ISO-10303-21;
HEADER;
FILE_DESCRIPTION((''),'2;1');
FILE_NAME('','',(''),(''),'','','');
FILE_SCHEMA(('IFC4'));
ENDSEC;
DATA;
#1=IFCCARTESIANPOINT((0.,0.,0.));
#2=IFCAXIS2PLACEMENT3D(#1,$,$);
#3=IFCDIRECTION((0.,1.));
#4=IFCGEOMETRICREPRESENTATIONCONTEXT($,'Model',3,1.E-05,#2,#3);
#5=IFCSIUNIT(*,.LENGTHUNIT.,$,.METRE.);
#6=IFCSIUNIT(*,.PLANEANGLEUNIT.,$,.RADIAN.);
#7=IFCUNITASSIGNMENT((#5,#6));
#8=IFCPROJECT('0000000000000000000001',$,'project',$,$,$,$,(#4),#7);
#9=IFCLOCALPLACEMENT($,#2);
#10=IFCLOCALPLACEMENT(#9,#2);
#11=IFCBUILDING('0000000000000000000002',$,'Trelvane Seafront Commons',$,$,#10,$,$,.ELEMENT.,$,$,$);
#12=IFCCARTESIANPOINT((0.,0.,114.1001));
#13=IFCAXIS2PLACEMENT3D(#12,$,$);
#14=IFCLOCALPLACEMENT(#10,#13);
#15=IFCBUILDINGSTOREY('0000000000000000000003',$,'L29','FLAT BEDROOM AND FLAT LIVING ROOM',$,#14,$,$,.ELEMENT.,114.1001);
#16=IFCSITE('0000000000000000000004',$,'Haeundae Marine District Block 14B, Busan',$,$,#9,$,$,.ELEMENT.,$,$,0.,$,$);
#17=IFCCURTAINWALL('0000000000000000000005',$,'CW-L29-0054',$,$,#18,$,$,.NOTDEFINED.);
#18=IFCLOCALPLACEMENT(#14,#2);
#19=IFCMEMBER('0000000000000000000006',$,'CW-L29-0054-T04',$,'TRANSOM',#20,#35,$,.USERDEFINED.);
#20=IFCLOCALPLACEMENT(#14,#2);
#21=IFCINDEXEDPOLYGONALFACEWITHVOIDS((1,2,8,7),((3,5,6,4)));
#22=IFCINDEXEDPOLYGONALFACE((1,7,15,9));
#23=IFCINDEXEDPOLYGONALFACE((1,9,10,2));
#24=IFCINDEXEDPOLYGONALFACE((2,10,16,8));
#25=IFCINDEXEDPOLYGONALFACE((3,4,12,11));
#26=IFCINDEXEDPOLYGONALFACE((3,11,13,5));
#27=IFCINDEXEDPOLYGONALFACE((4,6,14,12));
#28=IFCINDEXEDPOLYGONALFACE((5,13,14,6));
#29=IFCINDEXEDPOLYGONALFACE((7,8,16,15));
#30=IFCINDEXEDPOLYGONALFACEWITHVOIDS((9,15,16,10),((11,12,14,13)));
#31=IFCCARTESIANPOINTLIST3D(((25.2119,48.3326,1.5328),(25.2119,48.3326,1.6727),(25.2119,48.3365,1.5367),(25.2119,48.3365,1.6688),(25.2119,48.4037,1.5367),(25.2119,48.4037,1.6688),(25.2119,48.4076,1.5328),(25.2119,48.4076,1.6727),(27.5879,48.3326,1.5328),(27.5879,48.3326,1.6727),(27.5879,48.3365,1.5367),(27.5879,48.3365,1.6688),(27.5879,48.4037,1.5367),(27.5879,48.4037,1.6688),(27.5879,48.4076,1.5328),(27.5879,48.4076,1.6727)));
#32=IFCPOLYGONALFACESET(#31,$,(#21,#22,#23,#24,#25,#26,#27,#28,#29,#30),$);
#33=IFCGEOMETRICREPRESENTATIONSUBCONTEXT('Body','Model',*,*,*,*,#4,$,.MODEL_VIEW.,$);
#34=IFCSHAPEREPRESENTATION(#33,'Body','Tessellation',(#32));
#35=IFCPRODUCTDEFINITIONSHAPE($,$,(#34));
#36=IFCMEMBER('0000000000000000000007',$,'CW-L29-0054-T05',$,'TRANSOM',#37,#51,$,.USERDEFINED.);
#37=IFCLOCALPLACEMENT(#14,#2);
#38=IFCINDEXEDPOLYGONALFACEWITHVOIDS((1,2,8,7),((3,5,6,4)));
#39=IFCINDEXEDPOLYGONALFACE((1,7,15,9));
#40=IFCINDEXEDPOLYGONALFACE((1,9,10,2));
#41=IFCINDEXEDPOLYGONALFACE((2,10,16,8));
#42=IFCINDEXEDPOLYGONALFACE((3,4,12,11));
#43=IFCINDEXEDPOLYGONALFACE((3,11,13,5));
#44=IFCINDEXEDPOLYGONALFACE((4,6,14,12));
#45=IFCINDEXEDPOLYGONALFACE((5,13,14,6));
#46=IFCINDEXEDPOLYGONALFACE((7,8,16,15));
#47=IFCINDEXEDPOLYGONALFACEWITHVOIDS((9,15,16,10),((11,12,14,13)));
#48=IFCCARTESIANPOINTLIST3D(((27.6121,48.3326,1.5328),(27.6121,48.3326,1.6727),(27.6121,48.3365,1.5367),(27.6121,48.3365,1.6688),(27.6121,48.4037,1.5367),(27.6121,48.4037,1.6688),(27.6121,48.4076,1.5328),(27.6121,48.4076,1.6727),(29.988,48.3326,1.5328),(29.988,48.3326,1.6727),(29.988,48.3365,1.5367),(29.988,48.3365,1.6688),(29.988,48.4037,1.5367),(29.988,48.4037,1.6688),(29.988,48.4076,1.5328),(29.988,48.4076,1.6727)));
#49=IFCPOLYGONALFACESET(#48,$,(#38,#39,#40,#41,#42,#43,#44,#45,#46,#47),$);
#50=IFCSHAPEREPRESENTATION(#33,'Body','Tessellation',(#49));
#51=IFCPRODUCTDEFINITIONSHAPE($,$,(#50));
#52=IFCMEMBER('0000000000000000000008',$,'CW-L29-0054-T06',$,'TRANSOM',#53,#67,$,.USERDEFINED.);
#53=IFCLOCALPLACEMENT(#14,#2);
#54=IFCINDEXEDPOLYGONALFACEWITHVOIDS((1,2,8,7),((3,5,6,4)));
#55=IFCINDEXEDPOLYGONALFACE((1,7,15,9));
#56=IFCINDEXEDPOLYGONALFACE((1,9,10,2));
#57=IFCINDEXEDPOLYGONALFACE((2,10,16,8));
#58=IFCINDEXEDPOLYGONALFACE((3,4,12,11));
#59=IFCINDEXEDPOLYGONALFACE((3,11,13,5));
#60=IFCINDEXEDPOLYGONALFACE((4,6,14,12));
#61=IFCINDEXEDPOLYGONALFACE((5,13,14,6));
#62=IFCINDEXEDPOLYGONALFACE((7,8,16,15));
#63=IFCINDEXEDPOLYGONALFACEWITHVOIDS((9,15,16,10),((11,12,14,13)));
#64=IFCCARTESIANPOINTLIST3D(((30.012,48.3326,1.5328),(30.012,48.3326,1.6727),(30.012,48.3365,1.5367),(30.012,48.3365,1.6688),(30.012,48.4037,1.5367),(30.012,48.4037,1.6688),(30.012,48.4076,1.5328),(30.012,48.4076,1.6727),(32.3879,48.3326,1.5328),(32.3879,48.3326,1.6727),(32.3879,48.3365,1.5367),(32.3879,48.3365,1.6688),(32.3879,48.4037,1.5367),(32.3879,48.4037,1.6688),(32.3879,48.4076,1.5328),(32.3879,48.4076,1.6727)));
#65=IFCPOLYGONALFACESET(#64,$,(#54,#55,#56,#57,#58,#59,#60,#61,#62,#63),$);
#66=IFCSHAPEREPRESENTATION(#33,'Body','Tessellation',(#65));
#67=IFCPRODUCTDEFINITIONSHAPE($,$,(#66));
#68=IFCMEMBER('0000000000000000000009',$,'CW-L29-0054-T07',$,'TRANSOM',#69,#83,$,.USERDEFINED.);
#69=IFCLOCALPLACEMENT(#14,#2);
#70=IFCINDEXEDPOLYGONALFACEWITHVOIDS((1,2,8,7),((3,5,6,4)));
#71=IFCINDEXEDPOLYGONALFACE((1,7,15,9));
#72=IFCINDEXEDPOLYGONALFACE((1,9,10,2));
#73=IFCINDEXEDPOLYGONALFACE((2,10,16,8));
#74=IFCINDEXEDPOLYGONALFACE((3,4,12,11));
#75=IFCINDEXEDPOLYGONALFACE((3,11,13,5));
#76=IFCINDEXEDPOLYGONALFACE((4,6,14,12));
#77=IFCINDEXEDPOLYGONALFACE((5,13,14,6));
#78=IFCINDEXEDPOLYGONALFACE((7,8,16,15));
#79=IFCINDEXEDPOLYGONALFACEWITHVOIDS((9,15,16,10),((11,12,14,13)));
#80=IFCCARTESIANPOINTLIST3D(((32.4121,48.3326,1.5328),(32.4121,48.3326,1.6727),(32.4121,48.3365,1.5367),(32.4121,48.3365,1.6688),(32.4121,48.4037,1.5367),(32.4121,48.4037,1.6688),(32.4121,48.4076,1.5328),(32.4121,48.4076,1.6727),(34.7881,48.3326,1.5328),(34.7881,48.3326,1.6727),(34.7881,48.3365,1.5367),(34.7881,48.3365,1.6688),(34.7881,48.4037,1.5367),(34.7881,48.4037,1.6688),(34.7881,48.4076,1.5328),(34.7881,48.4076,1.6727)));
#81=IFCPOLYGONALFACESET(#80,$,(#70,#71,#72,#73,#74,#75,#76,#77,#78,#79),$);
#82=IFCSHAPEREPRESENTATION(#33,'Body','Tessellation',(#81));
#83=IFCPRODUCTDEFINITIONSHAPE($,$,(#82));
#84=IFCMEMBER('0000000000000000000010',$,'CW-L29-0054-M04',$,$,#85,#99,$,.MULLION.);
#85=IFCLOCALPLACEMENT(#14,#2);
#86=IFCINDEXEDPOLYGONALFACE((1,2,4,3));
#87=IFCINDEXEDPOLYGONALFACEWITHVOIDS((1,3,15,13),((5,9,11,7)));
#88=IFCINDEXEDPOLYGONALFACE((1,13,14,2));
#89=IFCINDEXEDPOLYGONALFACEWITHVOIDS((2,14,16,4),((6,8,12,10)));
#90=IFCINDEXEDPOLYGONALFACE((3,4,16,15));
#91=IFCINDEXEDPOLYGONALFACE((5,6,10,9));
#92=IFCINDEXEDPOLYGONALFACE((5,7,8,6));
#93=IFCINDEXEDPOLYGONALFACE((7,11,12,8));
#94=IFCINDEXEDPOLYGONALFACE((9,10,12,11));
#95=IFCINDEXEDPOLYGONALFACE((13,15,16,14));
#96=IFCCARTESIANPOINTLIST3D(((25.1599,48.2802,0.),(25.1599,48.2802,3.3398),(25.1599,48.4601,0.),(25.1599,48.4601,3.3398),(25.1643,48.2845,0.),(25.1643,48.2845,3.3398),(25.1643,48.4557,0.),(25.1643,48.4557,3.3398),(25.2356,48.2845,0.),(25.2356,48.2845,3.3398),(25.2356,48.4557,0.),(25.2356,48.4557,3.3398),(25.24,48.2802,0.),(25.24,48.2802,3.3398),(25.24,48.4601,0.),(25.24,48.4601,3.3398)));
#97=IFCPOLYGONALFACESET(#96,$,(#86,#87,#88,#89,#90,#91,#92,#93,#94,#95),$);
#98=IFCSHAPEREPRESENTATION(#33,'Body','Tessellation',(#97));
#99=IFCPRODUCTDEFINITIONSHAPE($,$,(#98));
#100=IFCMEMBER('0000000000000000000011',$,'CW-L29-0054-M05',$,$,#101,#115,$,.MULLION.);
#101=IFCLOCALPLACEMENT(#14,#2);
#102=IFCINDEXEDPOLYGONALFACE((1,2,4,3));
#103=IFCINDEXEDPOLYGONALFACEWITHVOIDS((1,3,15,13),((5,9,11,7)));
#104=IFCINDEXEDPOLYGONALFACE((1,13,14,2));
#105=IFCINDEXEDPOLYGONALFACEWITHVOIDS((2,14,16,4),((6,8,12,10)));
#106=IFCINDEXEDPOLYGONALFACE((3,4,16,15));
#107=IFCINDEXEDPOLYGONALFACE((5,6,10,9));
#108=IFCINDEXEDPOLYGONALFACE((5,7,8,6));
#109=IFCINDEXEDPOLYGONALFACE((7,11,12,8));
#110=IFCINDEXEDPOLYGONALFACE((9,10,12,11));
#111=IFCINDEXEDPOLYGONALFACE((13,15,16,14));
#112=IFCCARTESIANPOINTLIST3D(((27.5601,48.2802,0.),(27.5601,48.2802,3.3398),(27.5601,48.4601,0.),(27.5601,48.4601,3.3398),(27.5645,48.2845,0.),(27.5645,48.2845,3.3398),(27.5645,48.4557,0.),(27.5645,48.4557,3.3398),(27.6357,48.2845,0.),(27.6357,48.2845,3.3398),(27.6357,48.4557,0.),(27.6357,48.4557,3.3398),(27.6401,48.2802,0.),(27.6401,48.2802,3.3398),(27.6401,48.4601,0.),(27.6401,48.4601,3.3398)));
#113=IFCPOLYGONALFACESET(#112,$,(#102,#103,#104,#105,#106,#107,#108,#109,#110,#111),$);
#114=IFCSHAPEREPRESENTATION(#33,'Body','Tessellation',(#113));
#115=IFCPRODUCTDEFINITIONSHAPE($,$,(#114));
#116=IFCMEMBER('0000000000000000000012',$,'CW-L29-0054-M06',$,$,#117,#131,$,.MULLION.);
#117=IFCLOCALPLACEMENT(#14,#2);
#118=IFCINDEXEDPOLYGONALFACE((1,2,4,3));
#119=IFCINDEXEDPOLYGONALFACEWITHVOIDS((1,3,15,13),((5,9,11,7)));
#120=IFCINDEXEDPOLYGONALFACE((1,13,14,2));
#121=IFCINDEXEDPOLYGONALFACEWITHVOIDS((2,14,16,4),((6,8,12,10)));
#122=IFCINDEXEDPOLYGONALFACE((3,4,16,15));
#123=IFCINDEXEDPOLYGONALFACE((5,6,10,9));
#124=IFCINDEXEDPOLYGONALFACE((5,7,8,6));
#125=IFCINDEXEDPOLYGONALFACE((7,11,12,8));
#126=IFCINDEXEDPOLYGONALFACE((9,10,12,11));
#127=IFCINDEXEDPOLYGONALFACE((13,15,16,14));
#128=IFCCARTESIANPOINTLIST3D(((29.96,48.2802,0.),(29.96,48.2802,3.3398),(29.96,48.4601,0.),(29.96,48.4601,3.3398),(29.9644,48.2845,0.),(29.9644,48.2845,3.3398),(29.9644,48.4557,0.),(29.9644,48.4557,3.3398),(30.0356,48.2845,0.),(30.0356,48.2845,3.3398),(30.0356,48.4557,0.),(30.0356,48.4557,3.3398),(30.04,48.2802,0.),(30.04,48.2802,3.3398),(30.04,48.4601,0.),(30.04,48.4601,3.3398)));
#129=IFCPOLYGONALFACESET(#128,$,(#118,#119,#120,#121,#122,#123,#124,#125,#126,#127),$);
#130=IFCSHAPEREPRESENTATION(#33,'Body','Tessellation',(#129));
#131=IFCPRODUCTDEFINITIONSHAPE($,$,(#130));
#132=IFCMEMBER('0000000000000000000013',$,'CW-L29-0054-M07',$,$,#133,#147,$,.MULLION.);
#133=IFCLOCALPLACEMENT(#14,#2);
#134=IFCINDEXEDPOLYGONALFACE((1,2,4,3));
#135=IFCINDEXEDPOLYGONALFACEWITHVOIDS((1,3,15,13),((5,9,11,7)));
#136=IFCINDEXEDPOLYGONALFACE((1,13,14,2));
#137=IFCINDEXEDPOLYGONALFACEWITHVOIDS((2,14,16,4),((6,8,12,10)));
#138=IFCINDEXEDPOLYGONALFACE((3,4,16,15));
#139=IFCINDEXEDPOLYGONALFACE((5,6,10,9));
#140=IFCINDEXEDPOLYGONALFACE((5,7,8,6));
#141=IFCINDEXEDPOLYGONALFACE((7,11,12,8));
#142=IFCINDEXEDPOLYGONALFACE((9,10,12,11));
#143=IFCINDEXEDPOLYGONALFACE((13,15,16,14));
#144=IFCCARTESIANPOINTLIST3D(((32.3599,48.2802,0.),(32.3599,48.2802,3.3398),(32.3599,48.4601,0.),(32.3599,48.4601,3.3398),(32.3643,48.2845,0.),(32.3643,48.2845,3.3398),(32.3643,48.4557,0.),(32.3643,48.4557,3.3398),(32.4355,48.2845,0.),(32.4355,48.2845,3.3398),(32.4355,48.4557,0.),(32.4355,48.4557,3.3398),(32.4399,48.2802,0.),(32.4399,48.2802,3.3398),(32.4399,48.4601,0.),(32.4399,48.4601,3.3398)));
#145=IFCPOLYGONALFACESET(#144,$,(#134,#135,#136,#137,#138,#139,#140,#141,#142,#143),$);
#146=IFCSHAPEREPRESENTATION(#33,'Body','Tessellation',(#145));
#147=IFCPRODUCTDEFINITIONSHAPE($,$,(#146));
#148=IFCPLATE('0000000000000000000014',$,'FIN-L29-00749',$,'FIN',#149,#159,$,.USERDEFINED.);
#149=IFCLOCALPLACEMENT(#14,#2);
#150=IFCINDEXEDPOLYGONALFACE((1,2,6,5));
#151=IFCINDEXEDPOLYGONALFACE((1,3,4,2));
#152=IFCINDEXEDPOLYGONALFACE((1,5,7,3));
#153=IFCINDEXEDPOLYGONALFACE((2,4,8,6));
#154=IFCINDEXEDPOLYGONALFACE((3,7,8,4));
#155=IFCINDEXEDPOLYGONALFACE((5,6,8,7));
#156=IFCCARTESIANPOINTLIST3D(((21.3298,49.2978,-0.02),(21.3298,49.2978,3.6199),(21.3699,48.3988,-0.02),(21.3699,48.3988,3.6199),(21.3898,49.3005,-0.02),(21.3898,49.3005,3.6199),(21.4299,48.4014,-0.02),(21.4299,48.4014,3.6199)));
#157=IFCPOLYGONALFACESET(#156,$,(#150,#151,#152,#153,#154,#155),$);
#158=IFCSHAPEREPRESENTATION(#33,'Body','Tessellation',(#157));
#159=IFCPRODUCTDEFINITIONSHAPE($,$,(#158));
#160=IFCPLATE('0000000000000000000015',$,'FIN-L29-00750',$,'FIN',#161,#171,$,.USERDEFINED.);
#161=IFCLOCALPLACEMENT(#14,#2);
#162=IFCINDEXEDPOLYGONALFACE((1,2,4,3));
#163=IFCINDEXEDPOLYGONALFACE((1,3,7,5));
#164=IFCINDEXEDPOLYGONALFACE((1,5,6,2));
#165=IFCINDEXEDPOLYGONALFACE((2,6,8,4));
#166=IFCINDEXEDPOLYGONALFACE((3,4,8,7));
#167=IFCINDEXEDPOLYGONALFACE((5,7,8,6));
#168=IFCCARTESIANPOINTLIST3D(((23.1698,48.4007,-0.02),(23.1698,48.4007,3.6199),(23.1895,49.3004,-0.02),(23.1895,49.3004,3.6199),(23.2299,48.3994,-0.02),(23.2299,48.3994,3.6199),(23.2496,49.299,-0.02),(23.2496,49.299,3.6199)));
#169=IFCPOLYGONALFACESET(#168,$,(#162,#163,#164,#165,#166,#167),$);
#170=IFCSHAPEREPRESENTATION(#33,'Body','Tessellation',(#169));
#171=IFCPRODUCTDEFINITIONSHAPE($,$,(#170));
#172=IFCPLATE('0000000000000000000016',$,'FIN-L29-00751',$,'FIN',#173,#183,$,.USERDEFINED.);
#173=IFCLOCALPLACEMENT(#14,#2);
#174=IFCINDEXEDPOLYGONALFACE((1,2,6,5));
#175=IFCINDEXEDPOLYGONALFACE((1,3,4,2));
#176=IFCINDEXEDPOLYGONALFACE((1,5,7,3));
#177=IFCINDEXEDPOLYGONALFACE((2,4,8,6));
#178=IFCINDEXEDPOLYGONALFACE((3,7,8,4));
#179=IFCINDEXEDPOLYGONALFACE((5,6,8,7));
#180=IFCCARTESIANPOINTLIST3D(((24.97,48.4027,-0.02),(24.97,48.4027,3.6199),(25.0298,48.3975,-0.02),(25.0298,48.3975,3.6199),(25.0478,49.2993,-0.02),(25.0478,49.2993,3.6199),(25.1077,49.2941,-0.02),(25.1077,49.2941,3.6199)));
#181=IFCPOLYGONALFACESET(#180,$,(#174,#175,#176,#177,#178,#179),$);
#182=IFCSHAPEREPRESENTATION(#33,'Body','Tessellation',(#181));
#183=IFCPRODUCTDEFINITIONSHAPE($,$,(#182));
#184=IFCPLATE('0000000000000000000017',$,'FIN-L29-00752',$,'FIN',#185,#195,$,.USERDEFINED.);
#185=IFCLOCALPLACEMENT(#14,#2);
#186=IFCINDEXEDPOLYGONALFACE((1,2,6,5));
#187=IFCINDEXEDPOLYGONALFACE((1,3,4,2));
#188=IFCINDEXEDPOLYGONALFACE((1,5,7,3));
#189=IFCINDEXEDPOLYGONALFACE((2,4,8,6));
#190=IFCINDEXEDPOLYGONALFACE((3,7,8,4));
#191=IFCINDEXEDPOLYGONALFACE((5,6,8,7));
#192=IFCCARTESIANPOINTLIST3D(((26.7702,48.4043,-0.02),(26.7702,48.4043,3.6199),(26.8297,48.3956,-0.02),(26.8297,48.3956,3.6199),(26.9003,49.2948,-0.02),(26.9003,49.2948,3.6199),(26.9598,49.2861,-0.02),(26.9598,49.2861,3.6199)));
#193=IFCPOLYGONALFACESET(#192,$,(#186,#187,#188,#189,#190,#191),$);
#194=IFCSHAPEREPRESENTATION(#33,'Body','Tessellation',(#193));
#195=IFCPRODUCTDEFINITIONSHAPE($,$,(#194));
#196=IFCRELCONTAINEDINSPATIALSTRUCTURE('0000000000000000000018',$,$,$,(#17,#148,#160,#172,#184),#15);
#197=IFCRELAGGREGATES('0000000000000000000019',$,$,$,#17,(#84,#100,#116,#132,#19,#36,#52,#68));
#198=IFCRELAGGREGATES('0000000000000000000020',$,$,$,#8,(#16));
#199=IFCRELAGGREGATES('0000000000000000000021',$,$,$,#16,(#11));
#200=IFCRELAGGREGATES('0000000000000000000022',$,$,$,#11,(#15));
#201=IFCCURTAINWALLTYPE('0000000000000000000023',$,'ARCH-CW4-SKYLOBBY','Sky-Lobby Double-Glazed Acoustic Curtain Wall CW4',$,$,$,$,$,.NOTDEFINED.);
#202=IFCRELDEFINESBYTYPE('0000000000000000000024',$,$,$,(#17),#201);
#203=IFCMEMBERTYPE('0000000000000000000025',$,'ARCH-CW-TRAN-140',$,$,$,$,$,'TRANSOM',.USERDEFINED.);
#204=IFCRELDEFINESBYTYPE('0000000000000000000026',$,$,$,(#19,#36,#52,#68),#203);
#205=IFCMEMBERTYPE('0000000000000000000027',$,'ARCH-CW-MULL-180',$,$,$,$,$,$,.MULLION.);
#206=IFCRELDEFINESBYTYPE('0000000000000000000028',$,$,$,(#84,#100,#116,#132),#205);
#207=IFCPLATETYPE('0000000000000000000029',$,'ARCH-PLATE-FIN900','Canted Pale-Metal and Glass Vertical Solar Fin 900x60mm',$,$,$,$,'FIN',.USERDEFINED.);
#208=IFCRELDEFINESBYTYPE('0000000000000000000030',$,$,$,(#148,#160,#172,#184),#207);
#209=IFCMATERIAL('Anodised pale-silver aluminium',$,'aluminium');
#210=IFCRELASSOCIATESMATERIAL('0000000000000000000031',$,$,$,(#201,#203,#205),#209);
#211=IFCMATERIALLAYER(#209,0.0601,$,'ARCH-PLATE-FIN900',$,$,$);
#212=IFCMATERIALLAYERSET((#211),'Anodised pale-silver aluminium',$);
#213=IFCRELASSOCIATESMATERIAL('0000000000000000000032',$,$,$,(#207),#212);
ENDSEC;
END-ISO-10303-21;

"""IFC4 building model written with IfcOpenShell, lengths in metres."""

from ifc_helpers import new_model, si_unit, direction, frame, origin, origin_2d, place, context, subcontext, project, spatial, rectangle, hollow_rectangle, extrude, source, transform, mapped, material, layer, layer_set, material_profile, profile_set, type_object, element, aggregate, save


model = new_model("IFC4")

# Units and contexts
model_context = context("Model", 3, precision=1e-05, world=origin(), true_north=direction((0.0, 1.0)))
body_context = subcontext(model_context, "Body", "Model", "MODEL_VIEW")
ifc_project = project(units=[si_unit("LENGTHUNIT", "METRE"), si_unit("PLANEANGLEUNIT", "RADIAN")], contexts=[model_context])

# Site, building, storey
site_placement = place(None, origin())
site = spatial("IfcSite", under=ifc_project, at=site_placement, Name="Haeundae Marine District Block 14B, Busan", CompositionType="ELEMENT", RefElevation=0.0)
building_placement = place(site_placement, origin())
building = spatial("IfcBuilding", under=site, at=building_placement, Name="Trelvane Seafront Commons", CompositionType="ELEMENT")
storey_placement = place(building_placement, frame((0.0, 0.0, 114.1001)))
storey = spatial("IfcBuildingStorey", under=building, at=storey_placement, Name="L29", Description="FLAT BEDROOM AND FLAT LIVING ROOM", CompositionType="ELEMENT", Elevation=114.1001)

# Curtain wall, members
ifc_material_1 = material(Name="Anodised pale-silver aluminium", Category="aluminium")
curtain_wall_type = type_object("IfcCurtainWallType", Name="ARCH-CW4-SKYLOBBY", Description="Sky-Lobby Double-Glazed Acoustic Curtain Wall CW4", PredefinedType="NOTDEFINED", material=ifc_material_1)
curtain_wall_placement = place(storey_placement, origin())
curtain_wall = element("IfcCurtainWall", 1, at=curtain_wall_placement, inside=storey, type_object=curtain_wall_type, Name="CW-L29-0054", PredefinedType="NOTDEFINED")
ifc_material_profile_1 = material_profile(ifc_material_1, hollow_rectangle(XDim=0.075, YDim=0.1399, WallThickness=0.0039, at=origin_2d()), Name="TRAN-75x140x4")
ifc_profile_set_1 = profile_set([ifc_material_profile_1], Name="Anodised pale-silver aluminium")
member_type_1 = type_object("IfcMemberType", Name="ARCH-CW-TRAN-140", ElementType="TRANSOM", PredefinedType="USERDEFINED", material=ifc_profile_set_1)
shared_shape_1 = source(origin(), body_context, "Body", "SweptSolid", [
    extrude(hollow_rectangle(XDim=0.075, YDim=0.1399, WallThickness=0.0039, at=origin_2d()), origin(), (0.0, 0.0, 1.0), 2.376),
])
member_1_placement = place(storey_placement, frame((25.2119, 48.3701, 1.6028), z_axis=(1.0, 0.0, 0.0), x_axis=(0.0, 1.0, 0.0)))
member_1 = element("IfcMember", 2, at=member_1_placement, type_object=member_type_1, Name="CW-L29-0054-T04", ObjectType="TRANSOM", PredefinedType="USERDEFINED", context=body_context, shape_type="MappedRepresentation", body=[
    mapped(shared_shape_1, transform((0.0, 0.0, 0.0), x_axis=(1.0, 0.0, 0.0), y_axis=(0.0, 1.0, 0.0), z_axis=(0.0, 0.0, 1.0), scale=1.0)),
])
member_2_placement = place(storey_placement, frame((27.6121, 48.3701, 1.6028), z_axis=(1.0, 0.0, 0.0), x_axis=(0.0, 1.0, 0.0)))
member_2 = element("IfcMember", 3, at=member_2_placement, type_object=member_type_1, Name="CW-L29-0054-T05", ObjectType="TRANSOM", PredefinedType="USERDEFINED", context=body_context, shape_type="MappedRepresentation", body=[
    mapped(shared_shape_1, transform((0.0, 0.0, 0.0), x_axis=(1.0, 0.0, 0.0), y_axis=(0.0, 1.0, 0.0), z_axis=(0.0, 0.0, 1.0), scale=1.0)),
])
member_3_placement = place(storey_placement, frame((30.012, 48.3701, 1.6028), z_axis=(1.0, 0.0, 0.0), x_axis=(0.0, 1.0, 0.0)))
member_3 = element("IfcMember", 4, at=member_3_placement, type_object=member_type_1, Name="CW-L29-0054-T06", ObjectType="TRANSOM", PredefinedType="USERDEFINED", context=body_context, shape_type="MappedRepresentation", body=[
    mapped(shared_shape_1, transform((0.0, 0.0, 0.0), x_axis=(1.0, 0.0, 0.0), y_axis=(0.0, 1.0, 0.0), z_axis=(0.0, 0.0, 1.0), scale=1.0)),
])
member_4_placement = place(storey_placement, frame((32.4121, 48.3701, 1.6028), z_axis=(1.0, 0.0, 0.0), x_axis=(0.0, 1.0, 0.0)))
member_4 = element("IfcMember", 5, at=member_4_placement, type_object=member_type_1, Name="CW-L29-0054-T07", ObjectType="TRANSOM", PredefinedType="USERDEFINED", context=body_context, shape_type="MappedRepresentation", body=[
    mapped(shared_shape_1, transform((0.0, 0.0, 0.0), x_axis=(1.0, 0.0, 0.0), y_axis=(0.0, 1.0, 0.0), z_axis=(0.0, 0.0, 1.0), scale=1.0)),
])
ifc_material_profile_2 = material_profile(ifc_material_1, hollow_rectangle(XDim=0.0801, YDim=0.1799, WallThickness=0.0044, at=origin_2d()), Name="MULL-80x180x4.5")
ifc_profile_set_2 = profile_set([ifc_material_profile_2], Name="Anodised pale-silver aluminium")
member_type_2 = type_object("IfcMemberType", Name="ARCH-CW-MULL-180", PredefinedType="MULLION", material=ifc_profile_set_2)
shared_shape_2 = source(origin(), body_context, "Body", "SweptSolid", [
    extrude(hollow_rectangle(XDim=0.0801, YDim=0.1799, WallThickness=0.0044, at=origin_2d()), origin(), (0.0, 0.0, 1.0), 3.3398),
])
member_5_placement = place(storey_placement, frame((25.2, 48.3701, 0.0), z_axis=(0.0, 0.0, 1.0), x_axis=(1.0, 0.0, 0.0)))
member_5 = element("IfcMember", 6, at=member_5_placement, type_object=member_type_2, Name="CW-L29-0054-M04", PredefinedType="MULLION", context=body_context, shape_type="MappedRepresentation", body=[
    mapped(shared_shape_2, transform((0.0, 0.0, 0.0), x_axis=(1.0, 0.0, 0.0), y_axis=(0.0, 1.0, 0.0), z_axis=(0.0, 0.0, 1.0), scale=1.0)),
])
member_6_placement = place(storey_placement, frame((27.6001, 48.3701, 0.0), z_axis=(0.0, 0.0, 1.0), x_axis=(1.0, 0.0, 0.0)))
member_6 = element("IfcMember", 7, at=member_6_placement, type_object=member_type_2, Name="CW-L29-0054-M05", PredefinedType="MULLION", context=body_context, shape_type="MappedRepresentation", body=[
    mapped(shared_shape_2, transform((0.0, 0.0, 0.0), x_axis=(1.0, 0.0, 0.0), y_axis=(0.0, 1.0, 0.0), z_axis=(0.0, 0.0, 1.0), scale=1.0)),
])
member_7_placement = place(storey_placement, frame((30.0, 48.3701, 0.0), z_axis=(0.0, 0.0, 1.0), x_axis=(1.0, 0.0, 0.0)))
member_7 = element("IfcMember", 8, at=member_7_placement, type_object=member_type_2, Name="CW-L29-0054-M06", PredefinedType="MULLION", context=body_context, shape_type="MappedRepresentation", body=[
    mapped(shared_shape_2, transform((0.0, 0.0, 0.0), x_axis=(1.0, 0.0, 0.0), y_axis=(0.0, 1.0, 0.0), z_axis=(0.0, 0.0, 1.0), scale=1.0)),
])
member_8_placement = place(storey_placement, frame((32.3999, 48.3701, 0.0), z_axis=(0.0, 0.0, 1.0), x_axis=(1.0, 0.0, 0.0)))
member_8 = element("IfcMember", 9, at=member_8_placement, type_object=member_type_2, Name="CW-L29-0054-M07", PredefinedType="MULLION", context=body_context, shape_type="MappedRepresentation", body=[
    mapped(shared_shape_2, transform((0.0, 0.0, 0.0), x_axis=(1.0, 0.0, 0.0), y_axis=(0.0, 1.0, 0.0), z_axis=(0.0, 0.0, 1.0), scale=1.0)),
])

# Plates
ifc_layer_1 = layer(ifc_material_1, 0.0601, Name="ARCH-PLATE-FIN900")
ifc_layer_set_1 = layer_set([ifc_layer_1], Name="Anodised pale-silver aluminium")
plate_type_1 = type_object("IfcPlateType", Name="ARCH-PLATE-FIN900", Description="Canted Pale-Metal and Glass Vertical Solar Fin 900x60mm", ElementType="FIN", PredefinedType="USERDEFINED", material=ifc_layer_set_1)
shared_shape_3 = source(origin(), body_context, "Body", "SweptSolid", [
    extrude(rectangle(XDim=0.8999, YDim=0.0601, at=origin_2d()), origin(), (0.0, 0.0, 1.0), 3.6399),
])
for number, where, z_axis, x_axis, name in (
    (10, (21.3799, 48.8496, -0.02), (0.0, 0.0, 1.0), (-0.044556, 0.999007, 0.0), "FIN-L29-00749"),
    (11, (23.2097, 48.8499, -0.02), (0.0, 0.0, 1.0), (0.021888, 0.99976, 0.0), "FIN-L29-00750"),
    (12, (25.0388, 48.8484, -0.02), (0.0, 0.0, 1.0), (0.086558, 0.996247, 0.0), "FIN-L29-00751"),
    (13, (26.865, 48.8452, -0.02), (0.0, 0.0, 1.0), (0.144563, 0.989496, 0.0), "FIN-L29-00752"),
):
    element("IfcPlate", number, at=place(storey_placement, frame(where, z_axis=z_axis, x_axis=x_axis)), inside=storey, type_object=plate_type_1, Name=name, ObjectType="FIN", PredefinedType="USERDEFINED", context=body_context, shape_type="MappedRepresentation", body=[
        mapped(shared_shape_3, transform((0.0, 0.0, 0.0), x_axis=(1.0, 0.0, 0.0), y_axis=(0.0, 1.0, 0.0), z_axis=(0.0, 0.0, 1.0), scale=1.0)),
    ])

aggregate(curtain_wall, [member_5, member_6, member_7, member_8, member_1, member_2, member_3, member_4])

save(model, "model.ifc")
